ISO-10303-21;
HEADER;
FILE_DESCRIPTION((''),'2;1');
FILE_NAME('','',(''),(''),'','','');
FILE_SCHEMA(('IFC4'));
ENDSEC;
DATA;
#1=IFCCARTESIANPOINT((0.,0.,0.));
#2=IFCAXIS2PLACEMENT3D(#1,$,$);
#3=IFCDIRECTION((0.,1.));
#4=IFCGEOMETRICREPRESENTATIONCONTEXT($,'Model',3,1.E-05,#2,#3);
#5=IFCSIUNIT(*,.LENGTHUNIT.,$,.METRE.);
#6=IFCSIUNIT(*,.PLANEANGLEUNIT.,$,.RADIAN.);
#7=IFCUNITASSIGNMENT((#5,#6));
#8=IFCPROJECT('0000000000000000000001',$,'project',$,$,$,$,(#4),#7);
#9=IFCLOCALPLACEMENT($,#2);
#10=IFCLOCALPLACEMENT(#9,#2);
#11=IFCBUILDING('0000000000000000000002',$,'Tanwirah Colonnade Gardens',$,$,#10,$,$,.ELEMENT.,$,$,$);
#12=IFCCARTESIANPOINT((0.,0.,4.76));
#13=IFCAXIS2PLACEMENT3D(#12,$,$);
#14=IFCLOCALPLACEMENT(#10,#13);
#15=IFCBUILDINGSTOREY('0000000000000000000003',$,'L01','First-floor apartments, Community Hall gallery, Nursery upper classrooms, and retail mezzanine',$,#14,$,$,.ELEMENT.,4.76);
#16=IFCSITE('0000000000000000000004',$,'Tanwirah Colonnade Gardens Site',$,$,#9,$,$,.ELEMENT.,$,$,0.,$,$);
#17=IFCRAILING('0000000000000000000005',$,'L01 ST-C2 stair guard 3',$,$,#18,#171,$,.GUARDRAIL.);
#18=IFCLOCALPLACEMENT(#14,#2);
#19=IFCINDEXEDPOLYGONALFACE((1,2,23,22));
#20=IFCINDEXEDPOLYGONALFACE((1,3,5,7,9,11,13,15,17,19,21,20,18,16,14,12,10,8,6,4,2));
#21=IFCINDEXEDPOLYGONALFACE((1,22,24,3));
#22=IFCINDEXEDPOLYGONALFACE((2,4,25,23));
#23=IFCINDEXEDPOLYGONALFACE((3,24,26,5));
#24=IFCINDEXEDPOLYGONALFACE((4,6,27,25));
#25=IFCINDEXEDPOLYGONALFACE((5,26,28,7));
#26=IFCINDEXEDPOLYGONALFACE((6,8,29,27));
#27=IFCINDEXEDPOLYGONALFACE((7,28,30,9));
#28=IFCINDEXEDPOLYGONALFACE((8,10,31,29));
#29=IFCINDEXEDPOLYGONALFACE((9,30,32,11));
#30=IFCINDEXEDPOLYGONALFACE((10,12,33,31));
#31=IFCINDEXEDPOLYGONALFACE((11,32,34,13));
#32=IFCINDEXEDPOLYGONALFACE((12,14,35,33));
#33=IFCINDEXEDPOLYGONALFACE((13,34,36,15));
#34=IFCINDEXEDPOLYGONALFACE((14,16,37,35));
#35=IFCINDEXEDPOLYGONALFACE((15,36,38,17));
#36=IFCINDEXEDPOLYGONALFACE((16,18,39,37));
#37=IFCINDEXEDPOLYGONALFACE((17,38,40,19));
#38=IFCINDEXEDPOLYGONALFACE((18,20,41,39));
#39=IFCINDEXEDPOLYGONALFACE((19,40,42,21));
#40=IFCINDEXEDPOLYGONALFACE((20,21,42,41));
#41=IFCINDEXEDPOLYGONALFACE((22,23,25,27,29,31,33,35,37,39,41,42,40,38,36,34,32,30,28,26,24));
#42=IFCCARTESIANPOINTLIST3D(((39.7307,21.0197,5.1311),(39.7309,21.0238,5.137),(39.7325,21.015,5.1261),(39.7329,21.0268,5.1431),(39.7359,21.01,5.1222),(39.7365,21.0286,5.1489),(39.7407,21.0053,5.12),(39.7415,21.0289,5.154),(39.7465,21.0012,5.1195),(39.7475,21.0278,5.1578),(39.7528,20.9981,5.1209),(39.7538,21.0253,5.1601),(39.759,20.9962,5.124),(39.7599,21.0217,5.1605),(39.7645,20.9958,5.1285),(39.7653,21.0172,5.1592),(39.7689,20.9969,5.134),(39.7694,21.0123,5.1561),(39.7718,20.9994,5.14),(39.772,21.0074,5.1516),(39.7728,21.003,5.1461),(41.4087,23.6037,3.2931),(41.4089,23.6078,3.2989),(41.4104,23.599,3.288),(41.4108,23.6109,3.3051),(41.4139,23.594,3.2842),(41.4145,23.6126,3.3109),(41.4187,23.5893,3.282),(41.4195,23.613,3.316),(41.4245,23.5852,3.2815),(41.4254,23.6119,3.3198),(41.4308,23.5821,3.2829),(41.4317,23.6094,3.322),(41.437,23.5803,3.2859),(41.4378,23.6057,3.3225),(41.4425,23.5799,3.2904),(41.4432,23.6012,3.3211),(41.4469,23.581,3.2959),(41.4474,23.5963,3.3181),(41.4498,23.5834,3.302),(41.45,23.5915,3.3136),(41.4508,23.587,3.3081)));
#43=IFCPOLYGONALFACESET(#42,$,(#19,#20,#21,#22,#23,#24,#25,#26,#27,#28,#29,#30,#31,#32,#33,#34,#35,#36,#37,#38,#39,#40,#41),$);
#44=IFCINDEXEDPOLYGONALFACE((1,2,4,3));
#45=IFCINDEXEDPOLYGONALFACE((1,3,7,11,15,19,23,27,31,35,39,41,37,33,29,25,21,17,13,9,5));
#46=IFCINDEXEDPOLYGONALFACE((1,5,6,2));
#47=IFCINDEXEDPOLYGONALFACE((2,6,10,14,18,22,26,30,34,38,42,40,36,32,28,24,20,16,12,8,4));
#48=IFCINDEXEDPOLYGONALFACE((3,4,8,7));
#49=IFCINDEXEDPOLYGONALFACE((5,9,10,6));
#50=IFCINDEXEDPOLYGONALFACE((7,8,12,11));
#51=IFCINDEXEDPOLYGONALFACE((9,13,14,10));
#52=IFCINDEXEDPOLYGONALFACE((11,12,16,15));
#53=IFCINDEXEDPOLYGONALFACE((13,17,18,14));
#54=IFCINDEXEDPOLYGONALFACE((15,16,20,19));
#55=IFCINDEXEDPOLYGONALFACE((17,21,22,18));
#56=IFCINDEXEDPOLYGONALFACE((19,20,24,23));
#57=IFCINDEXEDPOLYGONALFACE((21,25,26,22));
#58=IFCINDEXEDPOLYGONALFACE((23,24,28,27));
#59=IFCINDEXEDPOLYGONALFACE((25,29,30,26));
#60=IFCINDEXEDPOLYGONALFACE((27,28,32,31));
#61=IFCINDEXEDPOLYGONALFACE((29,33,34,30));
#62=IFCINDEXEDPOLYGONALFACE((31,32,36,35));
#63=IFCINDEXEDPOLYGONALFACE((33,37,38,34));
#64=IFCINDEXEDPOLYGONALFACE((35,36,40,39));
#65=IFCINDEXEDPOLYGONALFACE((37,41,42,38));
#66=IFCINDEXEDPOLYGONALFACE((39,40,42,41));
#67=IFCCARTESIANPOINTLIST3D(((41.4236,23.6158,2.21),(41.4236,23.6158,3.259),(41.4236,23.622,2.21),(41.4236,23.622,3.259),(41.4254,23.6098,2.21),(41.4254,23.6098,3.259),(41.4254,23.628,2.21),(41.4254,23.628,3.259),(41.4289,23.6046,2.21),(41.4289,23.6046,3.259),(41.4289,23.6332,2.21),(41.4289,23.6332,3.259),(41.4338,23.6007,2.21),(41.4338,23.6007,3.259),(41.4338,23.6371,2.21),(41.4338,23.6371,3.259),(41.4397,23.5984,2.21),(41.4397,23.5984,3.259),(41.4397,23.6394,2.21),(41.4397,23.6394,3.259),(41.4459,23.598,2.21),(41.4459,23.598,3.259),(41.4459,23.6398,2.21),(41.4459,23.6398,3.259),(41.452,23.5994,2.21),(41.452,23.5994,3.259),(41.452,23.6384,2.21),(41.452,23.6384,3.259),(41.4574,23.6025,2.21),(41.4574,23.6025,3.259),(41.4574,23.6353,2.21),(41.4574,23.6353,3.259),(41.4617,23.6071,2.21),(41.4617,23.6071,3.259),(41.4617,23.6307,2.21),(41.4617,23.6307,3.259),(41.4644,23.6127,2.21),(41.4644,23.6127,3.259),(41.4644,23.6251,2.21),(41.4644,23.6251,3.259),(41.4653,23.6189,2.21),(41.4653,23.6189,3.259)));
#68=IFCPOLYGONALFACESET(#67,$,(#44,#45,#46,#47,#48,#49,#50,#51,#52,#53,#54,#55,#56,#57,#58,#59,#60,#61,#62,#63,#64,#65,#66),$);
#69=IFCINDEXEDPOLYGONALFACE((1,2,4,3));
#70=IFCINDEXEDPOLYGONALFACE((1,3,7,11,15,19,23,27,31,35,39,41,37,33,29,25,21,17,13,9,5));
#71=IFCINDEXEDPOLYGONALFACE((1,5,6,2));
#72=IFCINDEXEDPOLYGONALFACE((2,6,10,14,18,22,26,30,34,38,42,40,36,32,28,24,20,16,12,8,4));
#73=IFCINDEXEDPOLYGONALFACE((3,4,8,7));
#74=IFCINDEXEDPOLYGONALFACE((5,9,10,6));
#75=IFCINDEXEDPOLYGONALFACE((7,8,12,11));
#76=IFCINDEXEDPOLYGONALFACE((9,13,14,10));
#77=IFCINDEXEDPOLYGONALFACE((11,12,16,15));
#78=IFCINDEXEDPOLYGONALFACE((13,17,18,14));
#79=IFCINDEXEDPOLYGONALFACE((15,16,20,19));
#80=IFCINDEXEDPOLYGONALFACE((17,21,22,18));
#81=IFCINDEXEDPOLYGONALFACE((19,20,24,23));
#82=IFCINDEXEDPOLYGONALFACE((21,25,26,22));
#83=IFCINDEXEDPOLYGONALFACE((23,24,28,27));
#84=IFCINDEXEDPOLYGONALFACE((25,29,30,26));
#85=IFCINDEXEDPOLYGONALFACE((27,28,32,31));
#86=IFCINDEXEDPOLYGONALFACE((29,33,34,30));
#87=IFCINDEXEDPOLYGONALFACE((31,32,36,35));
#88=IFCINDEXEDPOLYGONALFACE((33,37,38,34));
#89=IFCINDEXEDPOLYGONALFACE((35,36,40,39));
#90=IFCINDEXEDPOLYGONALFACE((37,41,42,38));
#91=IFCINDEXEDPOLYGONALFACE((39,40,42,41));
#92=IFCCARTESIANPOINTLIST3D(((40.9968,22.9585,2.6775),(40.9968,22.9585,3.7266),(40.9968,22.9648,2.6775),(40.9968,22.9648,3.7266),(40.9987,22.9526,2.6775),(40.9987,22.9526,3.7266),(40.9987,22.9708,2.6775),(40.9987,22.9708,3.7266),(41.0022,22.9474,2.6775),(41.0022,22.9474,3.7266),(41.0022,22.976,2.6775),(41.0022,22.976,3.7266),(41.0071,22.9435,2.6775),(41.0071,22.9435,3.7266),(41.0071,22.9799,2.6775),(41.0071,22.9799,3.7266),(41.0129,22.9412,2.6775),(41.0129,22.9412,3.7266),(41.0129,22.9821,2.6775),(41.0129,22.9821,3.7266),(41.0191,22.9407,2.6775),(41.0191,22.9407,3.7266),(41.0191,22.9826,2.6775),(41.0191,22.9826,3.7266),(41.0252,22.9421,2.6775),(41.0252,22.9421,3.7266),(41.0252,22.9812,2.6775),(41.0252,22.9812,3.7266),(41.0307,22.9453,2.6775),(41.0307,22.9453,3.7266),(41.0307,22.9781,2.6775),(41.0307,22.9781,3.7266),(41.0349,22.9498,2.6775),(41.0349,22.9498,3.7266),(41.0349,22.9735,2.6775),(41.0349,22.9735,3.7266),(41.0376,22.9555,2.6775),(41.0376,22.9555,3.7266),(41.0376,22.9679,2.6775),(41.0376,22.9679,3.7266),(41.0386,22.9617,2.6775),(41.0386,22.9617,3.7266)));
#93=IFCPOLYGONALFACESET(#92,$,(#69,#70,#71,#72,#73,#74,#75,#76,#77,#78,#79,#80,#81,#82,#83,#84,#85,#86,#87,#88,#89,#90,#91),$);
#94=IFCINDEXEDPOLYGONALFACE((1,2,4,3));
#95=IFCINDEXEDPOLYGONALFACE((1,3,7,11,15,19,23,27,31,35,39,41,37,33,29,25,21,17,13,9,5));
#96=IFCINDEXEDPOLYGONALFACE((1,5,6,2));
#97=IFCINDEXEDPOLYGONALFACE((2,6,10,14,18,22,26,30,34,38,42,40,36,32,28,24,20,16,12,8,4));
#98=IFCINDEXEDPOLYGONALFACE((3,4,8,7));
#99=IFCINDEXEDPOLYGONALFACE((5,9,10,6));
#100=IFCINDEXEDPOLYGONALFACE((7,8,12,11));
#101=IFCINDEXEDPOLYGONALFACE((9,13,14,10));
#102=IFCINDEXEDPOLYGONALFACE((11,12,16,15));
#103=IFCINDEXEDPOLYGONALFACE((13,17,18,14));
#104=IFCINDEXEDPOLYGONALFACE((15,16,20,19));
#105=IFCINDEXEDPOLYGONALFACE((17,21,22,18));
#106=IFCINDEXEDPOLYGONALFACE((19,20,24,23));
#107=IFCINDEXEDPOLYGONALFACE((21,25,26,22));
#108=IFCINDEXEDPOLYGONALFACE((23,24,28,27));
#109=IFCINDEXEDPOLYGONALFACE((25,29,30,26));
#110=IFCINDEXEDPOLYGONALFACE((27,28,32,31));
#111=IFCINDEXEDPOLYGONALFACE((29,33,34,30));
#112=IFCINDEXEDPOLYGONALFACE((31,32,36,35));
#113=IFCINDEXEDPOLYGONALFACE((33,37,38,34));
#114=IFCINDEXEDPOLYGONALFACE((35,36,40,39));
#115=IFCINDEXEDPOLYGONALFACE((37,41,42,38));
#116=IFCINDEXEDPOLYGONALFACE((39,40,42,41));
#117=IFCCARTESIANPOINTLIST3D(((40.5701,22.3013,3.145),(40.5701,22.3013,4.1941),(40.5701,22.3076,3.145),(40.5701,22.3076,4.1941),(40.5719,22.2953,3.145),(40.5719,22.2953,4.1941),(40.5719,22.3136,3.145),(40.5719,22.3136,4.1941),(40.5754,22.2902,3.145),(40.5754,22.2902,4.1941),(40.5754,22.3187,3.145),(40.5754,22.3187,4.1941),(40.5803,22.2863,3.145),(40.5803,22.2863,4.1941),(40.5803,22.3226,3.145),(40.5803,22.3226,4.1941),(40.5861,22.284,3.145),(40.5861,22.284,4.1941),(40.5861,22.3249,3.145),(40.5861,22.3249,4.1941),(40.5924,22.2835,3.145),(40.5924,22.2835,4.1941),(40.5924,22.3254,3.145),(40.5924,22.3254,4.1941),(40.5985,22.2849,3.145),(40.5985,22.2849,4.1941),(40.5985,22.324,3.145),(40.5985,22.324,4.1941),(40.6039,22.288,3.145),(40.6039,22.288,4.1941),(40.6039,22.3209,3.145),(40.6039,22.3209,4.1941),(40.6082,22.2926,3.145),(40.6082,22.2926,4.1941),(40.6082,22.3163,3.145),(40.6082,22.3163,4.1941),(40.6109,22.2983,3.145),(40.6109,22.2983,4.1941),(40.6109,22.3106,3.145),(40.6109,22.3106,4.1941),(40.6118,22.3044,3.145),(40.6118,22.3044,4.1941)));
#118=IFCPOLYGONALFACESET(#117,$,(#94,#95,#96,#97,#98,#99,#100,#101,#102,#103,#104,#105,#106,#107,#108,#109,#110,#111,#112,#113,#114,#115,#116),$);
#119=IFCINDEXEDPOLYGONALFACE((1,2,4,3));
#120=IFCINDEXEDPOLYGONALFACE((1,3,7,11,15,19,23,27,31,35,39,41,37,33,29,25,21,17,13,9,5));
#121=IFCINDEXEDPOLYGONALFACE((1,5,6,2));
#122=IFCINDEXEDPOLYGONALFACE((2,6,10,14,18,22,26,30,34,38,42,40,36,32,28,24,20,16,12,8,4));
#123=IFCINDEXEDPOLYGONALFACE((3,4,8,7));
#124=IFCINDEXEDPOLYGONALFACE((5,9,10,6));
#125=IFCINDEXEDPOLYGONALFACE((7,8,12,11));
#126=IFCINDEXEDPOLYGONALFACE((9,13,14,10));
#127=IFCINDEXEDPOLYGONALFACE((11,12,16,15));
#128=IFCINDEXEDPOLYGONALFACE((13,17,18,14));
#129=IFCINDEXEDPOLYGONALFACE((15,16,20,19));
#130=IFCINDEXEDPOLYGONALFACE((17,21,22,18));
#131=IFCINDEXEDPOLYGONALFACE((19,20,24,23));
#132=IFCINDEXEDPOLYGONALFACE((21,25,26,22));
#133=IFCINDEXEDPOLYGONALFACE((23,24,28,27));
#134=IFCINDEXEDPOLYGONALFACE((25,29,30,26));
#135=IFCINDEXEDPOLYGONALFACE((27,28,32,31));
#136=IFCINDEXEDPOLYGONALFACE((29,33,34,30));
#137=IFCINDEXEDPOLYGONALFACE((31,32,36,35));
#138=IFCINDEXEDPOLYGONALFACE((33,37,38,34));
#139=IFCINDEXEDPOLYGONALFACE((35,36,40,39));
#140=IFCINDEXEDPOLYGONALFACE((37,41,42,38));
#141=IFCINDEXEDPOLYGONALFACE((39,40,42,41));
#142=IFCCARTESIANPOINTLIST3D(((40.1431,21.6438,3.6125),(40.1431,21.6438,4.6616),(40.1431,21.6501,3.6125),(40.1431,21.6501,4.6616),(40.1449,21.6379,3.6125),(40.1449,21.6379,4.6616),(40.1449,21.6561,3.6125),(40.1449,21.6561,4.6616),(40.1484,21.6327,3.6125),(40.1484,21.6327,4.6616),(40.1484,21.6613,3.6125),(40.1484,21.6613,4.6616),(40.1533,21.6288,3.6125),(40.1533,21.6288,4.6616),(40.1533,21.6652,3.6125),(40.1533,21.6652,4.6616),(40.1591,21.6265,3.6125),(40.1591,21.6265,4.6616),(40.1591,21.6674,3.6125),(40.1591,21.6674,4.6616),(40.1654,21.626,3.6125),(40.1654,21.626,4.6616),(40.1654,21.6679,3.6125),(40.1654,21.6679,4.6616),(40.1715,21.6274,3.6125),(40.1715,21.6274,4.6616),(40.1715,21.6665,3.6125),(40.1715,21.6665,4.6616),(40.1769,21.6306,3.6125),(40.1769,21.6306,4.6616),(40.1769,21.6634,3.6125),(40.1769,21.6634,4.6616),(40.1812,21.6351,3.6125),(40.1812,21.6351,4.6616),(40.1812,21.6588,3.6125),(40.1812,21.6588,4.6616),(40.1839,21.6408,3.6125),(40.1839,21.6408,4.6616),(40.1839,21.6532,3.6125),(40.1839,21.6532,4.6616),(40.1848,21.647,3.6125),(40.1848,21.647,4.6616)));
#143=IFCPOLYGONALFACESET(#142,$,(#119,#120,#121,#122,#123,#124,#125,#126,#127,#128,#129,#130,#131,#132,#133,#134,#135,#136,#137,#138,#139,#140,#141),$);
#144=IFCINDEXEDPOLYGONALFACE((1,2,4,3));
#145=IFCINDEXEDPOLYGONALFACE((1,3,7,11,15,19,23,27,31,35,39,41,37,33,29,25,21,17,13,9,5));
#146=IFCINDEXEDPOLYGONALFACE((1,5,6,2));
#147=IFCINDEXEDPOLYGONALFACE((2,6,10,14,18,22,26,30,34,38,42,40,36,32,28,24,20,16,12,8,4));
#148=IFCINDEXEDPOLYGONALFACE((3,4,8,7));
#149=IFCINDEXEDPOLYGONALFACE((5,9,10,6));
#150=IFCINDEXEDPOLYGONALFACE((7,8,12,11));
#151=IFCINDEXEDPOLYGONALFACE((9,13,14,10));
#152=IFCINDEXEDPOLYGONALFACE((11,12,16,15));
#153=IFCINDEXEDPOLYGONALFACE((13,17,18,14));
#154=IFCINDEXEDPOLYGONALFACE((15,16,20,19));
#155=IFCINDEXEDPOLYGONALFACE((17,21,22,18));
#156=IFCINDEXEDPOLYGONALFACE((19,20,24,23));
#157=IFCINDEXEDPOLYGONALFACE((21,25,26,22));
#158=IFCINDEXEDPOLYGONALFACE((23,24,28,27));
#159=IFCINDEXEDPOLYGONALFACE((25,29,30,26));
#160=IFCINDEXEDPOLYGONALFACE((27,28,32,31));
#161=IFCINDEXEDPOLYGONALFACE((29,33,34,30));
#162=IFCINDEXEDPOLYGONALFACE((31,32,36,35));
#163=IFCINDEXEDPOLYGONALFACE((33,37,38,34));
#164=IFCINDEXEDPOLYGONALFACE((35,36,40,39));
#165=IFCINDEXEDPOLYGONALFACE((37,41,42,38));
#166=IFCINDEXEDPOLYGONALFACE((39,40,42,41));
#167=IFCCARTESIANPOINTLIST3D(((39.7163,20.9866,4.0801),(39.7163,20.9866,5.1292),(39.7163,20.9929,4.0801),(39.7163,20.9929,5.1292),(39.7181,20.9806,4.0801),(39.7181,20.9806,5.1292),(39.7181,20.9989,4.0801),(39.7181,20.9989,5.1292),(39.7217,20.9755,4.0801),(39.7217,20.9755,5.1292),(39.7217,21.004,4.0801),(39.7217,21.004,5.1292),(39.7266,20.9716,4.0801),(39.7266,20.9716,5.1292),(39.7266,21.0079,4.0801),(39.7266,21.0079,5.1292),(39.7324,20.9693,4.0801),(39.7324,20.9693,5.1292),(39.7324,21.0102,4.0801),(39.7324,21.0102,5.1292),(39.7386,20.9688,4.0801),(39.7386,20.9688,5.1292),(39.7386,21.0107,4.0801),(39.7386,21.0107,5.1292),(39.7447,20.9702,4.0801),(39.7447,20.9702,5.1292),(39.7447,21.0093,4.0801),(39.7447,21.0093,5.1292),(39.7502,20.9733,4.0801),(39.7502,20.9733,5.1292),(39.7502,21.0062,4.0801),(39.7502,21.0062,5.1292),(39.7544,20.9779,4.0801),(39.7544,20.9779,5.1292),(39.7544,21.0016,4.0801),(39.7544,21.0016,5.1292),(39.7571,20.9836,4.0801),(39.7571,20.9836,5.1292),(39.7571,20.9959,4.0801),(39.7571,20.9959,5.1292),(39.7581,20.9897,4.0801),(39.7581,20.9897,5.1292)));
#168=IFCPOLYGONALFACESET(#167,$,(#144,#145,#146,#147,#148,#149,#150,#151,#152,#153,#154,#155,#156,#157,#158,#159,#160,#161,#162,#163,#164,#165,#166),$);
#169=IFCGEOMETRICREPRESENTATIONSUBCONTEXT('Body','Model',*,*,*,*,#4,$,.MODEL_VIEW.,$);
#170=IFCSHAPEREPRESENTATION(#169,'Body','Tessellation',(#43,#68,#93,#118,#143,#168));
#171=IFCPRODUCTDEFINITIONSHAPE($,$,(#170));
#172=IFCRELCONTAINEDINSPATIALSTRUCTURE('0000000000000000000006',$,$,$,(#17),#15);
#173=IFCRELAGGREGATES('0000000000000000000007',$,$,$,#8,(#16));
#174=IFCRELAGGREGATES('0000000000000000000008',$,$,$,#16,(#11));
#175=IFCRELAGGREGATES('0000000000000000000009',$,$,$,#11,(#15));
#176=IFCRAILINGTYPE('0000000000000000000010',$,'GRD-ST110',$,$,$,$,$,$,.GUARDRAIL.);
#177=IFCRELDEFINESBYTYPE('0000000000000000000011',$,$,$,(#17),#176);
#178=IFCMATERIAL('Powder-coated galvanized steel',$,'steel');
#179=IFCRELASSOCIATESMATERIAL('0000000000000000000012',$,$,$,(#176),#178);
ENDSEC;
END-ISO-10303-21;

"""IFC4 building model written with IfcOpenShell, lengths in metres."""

from ifc_helpers import new_model, si_unit, direction, frame, origin, origin_2d, place, context, subcontext, project, spatial, circle, extrude, material, type_object, element, save


model = new_model("IFC4")

# Units and contexts
model_context = context("Model", 3, precision=1e-05, world=origin(), true_north=direction((0.0, 1.0)))
body_context = subcontext(model_context, "Body", "Model", "MODEL_VIEW")
ifc_project = project(units=[si_unit("LENGTHUNIT", "METRE"), si_unit("PLANEANGLEUNIT", "RADIAN")], contexts=[model_context])

# Site, building, storey
site_placement = place(None, origin())
site = spatial("IfcSite", under=ifc_project, at=site_placement, Name="Tanwirah Colonnade Gardens Site", CompositionType="ELEMENT", RefElevation=0.0)
building_placement = place(site_placement, origin())
building = spatial("IfcBuilding", under=site, at=building_placement, Name="Tanwirah Colonnade Gardens", CompositionType="ELEMENT")
storey_placement = place(building_placement, frame((0.0, 0.0, 4.76)))
storey = spatial("IfcBuildingStorey", under=building, at=storey_placement, Name="L01", Description="First-floor apartments, Community Hall gallery, Nursery upper classrooms, and retail mezzanine", CompositionType="ELEMENT", Elevation=4.76)

# Railing
ifc_material_1 = material(Name="Powder-coated galvanized steel", Category="steel")
railing_type_1 = type_object("IfcRailingType", Name="GRD-ST110", PredefinedType="GUARDRAIL", material=ifc_material_1)
railing_1_placement = place(storey_placement, frame((41.4443, 23.6189, 2.21)))
element("IfcRailing", 1, at=railing_1_placement, inside=storey, type_object=railing_type_1, Name="L01 ST-C2 stair guard 3", PredefinedType="GUARDRAIL", context=body_context, shape_type="SweptSolid", body=[
    extrude(circle(Radius=0.0239, at=origin_2d()), frame((-0.0146, -0.0225, 1.092), z_axis=(-0.467711, -0.72026, 0.512321), x_axis=(0.838687, -0.544613, 0.0)), (0.0, 0.0, 1.0), 3.5876),
    extrude(circle(Radius=0.021, at=origin_2d()), origin(), (0.0, 0.0, 1.0), 1.0491),
    extrude(circle(Radius=0.021, at=origin_2d()), frame((-0.4268, -0.6572, 0.4675)), (0.0, 0.0, 1.0), 1.0491),
    extrude(circle(Radius=0.021, at=origin_2d()), frame((-0.8535, -1.3145, 0.9351)), (0.0, 0.0, 1.0), 1.0491),
    extrude(circle(Radius=0.021, at=origin_2d()), frame((-1.2805, -1.9719, 1.4026)), (0.0, 0.0, 1.0), 1.0491),
    extrude(circle(Radius=0.021, at=origin_2d()), frame((-1.7073, -2.6292, 1.8701)), (0.0, 0.0, 1.0), 1.0491),
])

save(model, "model.ifc")
